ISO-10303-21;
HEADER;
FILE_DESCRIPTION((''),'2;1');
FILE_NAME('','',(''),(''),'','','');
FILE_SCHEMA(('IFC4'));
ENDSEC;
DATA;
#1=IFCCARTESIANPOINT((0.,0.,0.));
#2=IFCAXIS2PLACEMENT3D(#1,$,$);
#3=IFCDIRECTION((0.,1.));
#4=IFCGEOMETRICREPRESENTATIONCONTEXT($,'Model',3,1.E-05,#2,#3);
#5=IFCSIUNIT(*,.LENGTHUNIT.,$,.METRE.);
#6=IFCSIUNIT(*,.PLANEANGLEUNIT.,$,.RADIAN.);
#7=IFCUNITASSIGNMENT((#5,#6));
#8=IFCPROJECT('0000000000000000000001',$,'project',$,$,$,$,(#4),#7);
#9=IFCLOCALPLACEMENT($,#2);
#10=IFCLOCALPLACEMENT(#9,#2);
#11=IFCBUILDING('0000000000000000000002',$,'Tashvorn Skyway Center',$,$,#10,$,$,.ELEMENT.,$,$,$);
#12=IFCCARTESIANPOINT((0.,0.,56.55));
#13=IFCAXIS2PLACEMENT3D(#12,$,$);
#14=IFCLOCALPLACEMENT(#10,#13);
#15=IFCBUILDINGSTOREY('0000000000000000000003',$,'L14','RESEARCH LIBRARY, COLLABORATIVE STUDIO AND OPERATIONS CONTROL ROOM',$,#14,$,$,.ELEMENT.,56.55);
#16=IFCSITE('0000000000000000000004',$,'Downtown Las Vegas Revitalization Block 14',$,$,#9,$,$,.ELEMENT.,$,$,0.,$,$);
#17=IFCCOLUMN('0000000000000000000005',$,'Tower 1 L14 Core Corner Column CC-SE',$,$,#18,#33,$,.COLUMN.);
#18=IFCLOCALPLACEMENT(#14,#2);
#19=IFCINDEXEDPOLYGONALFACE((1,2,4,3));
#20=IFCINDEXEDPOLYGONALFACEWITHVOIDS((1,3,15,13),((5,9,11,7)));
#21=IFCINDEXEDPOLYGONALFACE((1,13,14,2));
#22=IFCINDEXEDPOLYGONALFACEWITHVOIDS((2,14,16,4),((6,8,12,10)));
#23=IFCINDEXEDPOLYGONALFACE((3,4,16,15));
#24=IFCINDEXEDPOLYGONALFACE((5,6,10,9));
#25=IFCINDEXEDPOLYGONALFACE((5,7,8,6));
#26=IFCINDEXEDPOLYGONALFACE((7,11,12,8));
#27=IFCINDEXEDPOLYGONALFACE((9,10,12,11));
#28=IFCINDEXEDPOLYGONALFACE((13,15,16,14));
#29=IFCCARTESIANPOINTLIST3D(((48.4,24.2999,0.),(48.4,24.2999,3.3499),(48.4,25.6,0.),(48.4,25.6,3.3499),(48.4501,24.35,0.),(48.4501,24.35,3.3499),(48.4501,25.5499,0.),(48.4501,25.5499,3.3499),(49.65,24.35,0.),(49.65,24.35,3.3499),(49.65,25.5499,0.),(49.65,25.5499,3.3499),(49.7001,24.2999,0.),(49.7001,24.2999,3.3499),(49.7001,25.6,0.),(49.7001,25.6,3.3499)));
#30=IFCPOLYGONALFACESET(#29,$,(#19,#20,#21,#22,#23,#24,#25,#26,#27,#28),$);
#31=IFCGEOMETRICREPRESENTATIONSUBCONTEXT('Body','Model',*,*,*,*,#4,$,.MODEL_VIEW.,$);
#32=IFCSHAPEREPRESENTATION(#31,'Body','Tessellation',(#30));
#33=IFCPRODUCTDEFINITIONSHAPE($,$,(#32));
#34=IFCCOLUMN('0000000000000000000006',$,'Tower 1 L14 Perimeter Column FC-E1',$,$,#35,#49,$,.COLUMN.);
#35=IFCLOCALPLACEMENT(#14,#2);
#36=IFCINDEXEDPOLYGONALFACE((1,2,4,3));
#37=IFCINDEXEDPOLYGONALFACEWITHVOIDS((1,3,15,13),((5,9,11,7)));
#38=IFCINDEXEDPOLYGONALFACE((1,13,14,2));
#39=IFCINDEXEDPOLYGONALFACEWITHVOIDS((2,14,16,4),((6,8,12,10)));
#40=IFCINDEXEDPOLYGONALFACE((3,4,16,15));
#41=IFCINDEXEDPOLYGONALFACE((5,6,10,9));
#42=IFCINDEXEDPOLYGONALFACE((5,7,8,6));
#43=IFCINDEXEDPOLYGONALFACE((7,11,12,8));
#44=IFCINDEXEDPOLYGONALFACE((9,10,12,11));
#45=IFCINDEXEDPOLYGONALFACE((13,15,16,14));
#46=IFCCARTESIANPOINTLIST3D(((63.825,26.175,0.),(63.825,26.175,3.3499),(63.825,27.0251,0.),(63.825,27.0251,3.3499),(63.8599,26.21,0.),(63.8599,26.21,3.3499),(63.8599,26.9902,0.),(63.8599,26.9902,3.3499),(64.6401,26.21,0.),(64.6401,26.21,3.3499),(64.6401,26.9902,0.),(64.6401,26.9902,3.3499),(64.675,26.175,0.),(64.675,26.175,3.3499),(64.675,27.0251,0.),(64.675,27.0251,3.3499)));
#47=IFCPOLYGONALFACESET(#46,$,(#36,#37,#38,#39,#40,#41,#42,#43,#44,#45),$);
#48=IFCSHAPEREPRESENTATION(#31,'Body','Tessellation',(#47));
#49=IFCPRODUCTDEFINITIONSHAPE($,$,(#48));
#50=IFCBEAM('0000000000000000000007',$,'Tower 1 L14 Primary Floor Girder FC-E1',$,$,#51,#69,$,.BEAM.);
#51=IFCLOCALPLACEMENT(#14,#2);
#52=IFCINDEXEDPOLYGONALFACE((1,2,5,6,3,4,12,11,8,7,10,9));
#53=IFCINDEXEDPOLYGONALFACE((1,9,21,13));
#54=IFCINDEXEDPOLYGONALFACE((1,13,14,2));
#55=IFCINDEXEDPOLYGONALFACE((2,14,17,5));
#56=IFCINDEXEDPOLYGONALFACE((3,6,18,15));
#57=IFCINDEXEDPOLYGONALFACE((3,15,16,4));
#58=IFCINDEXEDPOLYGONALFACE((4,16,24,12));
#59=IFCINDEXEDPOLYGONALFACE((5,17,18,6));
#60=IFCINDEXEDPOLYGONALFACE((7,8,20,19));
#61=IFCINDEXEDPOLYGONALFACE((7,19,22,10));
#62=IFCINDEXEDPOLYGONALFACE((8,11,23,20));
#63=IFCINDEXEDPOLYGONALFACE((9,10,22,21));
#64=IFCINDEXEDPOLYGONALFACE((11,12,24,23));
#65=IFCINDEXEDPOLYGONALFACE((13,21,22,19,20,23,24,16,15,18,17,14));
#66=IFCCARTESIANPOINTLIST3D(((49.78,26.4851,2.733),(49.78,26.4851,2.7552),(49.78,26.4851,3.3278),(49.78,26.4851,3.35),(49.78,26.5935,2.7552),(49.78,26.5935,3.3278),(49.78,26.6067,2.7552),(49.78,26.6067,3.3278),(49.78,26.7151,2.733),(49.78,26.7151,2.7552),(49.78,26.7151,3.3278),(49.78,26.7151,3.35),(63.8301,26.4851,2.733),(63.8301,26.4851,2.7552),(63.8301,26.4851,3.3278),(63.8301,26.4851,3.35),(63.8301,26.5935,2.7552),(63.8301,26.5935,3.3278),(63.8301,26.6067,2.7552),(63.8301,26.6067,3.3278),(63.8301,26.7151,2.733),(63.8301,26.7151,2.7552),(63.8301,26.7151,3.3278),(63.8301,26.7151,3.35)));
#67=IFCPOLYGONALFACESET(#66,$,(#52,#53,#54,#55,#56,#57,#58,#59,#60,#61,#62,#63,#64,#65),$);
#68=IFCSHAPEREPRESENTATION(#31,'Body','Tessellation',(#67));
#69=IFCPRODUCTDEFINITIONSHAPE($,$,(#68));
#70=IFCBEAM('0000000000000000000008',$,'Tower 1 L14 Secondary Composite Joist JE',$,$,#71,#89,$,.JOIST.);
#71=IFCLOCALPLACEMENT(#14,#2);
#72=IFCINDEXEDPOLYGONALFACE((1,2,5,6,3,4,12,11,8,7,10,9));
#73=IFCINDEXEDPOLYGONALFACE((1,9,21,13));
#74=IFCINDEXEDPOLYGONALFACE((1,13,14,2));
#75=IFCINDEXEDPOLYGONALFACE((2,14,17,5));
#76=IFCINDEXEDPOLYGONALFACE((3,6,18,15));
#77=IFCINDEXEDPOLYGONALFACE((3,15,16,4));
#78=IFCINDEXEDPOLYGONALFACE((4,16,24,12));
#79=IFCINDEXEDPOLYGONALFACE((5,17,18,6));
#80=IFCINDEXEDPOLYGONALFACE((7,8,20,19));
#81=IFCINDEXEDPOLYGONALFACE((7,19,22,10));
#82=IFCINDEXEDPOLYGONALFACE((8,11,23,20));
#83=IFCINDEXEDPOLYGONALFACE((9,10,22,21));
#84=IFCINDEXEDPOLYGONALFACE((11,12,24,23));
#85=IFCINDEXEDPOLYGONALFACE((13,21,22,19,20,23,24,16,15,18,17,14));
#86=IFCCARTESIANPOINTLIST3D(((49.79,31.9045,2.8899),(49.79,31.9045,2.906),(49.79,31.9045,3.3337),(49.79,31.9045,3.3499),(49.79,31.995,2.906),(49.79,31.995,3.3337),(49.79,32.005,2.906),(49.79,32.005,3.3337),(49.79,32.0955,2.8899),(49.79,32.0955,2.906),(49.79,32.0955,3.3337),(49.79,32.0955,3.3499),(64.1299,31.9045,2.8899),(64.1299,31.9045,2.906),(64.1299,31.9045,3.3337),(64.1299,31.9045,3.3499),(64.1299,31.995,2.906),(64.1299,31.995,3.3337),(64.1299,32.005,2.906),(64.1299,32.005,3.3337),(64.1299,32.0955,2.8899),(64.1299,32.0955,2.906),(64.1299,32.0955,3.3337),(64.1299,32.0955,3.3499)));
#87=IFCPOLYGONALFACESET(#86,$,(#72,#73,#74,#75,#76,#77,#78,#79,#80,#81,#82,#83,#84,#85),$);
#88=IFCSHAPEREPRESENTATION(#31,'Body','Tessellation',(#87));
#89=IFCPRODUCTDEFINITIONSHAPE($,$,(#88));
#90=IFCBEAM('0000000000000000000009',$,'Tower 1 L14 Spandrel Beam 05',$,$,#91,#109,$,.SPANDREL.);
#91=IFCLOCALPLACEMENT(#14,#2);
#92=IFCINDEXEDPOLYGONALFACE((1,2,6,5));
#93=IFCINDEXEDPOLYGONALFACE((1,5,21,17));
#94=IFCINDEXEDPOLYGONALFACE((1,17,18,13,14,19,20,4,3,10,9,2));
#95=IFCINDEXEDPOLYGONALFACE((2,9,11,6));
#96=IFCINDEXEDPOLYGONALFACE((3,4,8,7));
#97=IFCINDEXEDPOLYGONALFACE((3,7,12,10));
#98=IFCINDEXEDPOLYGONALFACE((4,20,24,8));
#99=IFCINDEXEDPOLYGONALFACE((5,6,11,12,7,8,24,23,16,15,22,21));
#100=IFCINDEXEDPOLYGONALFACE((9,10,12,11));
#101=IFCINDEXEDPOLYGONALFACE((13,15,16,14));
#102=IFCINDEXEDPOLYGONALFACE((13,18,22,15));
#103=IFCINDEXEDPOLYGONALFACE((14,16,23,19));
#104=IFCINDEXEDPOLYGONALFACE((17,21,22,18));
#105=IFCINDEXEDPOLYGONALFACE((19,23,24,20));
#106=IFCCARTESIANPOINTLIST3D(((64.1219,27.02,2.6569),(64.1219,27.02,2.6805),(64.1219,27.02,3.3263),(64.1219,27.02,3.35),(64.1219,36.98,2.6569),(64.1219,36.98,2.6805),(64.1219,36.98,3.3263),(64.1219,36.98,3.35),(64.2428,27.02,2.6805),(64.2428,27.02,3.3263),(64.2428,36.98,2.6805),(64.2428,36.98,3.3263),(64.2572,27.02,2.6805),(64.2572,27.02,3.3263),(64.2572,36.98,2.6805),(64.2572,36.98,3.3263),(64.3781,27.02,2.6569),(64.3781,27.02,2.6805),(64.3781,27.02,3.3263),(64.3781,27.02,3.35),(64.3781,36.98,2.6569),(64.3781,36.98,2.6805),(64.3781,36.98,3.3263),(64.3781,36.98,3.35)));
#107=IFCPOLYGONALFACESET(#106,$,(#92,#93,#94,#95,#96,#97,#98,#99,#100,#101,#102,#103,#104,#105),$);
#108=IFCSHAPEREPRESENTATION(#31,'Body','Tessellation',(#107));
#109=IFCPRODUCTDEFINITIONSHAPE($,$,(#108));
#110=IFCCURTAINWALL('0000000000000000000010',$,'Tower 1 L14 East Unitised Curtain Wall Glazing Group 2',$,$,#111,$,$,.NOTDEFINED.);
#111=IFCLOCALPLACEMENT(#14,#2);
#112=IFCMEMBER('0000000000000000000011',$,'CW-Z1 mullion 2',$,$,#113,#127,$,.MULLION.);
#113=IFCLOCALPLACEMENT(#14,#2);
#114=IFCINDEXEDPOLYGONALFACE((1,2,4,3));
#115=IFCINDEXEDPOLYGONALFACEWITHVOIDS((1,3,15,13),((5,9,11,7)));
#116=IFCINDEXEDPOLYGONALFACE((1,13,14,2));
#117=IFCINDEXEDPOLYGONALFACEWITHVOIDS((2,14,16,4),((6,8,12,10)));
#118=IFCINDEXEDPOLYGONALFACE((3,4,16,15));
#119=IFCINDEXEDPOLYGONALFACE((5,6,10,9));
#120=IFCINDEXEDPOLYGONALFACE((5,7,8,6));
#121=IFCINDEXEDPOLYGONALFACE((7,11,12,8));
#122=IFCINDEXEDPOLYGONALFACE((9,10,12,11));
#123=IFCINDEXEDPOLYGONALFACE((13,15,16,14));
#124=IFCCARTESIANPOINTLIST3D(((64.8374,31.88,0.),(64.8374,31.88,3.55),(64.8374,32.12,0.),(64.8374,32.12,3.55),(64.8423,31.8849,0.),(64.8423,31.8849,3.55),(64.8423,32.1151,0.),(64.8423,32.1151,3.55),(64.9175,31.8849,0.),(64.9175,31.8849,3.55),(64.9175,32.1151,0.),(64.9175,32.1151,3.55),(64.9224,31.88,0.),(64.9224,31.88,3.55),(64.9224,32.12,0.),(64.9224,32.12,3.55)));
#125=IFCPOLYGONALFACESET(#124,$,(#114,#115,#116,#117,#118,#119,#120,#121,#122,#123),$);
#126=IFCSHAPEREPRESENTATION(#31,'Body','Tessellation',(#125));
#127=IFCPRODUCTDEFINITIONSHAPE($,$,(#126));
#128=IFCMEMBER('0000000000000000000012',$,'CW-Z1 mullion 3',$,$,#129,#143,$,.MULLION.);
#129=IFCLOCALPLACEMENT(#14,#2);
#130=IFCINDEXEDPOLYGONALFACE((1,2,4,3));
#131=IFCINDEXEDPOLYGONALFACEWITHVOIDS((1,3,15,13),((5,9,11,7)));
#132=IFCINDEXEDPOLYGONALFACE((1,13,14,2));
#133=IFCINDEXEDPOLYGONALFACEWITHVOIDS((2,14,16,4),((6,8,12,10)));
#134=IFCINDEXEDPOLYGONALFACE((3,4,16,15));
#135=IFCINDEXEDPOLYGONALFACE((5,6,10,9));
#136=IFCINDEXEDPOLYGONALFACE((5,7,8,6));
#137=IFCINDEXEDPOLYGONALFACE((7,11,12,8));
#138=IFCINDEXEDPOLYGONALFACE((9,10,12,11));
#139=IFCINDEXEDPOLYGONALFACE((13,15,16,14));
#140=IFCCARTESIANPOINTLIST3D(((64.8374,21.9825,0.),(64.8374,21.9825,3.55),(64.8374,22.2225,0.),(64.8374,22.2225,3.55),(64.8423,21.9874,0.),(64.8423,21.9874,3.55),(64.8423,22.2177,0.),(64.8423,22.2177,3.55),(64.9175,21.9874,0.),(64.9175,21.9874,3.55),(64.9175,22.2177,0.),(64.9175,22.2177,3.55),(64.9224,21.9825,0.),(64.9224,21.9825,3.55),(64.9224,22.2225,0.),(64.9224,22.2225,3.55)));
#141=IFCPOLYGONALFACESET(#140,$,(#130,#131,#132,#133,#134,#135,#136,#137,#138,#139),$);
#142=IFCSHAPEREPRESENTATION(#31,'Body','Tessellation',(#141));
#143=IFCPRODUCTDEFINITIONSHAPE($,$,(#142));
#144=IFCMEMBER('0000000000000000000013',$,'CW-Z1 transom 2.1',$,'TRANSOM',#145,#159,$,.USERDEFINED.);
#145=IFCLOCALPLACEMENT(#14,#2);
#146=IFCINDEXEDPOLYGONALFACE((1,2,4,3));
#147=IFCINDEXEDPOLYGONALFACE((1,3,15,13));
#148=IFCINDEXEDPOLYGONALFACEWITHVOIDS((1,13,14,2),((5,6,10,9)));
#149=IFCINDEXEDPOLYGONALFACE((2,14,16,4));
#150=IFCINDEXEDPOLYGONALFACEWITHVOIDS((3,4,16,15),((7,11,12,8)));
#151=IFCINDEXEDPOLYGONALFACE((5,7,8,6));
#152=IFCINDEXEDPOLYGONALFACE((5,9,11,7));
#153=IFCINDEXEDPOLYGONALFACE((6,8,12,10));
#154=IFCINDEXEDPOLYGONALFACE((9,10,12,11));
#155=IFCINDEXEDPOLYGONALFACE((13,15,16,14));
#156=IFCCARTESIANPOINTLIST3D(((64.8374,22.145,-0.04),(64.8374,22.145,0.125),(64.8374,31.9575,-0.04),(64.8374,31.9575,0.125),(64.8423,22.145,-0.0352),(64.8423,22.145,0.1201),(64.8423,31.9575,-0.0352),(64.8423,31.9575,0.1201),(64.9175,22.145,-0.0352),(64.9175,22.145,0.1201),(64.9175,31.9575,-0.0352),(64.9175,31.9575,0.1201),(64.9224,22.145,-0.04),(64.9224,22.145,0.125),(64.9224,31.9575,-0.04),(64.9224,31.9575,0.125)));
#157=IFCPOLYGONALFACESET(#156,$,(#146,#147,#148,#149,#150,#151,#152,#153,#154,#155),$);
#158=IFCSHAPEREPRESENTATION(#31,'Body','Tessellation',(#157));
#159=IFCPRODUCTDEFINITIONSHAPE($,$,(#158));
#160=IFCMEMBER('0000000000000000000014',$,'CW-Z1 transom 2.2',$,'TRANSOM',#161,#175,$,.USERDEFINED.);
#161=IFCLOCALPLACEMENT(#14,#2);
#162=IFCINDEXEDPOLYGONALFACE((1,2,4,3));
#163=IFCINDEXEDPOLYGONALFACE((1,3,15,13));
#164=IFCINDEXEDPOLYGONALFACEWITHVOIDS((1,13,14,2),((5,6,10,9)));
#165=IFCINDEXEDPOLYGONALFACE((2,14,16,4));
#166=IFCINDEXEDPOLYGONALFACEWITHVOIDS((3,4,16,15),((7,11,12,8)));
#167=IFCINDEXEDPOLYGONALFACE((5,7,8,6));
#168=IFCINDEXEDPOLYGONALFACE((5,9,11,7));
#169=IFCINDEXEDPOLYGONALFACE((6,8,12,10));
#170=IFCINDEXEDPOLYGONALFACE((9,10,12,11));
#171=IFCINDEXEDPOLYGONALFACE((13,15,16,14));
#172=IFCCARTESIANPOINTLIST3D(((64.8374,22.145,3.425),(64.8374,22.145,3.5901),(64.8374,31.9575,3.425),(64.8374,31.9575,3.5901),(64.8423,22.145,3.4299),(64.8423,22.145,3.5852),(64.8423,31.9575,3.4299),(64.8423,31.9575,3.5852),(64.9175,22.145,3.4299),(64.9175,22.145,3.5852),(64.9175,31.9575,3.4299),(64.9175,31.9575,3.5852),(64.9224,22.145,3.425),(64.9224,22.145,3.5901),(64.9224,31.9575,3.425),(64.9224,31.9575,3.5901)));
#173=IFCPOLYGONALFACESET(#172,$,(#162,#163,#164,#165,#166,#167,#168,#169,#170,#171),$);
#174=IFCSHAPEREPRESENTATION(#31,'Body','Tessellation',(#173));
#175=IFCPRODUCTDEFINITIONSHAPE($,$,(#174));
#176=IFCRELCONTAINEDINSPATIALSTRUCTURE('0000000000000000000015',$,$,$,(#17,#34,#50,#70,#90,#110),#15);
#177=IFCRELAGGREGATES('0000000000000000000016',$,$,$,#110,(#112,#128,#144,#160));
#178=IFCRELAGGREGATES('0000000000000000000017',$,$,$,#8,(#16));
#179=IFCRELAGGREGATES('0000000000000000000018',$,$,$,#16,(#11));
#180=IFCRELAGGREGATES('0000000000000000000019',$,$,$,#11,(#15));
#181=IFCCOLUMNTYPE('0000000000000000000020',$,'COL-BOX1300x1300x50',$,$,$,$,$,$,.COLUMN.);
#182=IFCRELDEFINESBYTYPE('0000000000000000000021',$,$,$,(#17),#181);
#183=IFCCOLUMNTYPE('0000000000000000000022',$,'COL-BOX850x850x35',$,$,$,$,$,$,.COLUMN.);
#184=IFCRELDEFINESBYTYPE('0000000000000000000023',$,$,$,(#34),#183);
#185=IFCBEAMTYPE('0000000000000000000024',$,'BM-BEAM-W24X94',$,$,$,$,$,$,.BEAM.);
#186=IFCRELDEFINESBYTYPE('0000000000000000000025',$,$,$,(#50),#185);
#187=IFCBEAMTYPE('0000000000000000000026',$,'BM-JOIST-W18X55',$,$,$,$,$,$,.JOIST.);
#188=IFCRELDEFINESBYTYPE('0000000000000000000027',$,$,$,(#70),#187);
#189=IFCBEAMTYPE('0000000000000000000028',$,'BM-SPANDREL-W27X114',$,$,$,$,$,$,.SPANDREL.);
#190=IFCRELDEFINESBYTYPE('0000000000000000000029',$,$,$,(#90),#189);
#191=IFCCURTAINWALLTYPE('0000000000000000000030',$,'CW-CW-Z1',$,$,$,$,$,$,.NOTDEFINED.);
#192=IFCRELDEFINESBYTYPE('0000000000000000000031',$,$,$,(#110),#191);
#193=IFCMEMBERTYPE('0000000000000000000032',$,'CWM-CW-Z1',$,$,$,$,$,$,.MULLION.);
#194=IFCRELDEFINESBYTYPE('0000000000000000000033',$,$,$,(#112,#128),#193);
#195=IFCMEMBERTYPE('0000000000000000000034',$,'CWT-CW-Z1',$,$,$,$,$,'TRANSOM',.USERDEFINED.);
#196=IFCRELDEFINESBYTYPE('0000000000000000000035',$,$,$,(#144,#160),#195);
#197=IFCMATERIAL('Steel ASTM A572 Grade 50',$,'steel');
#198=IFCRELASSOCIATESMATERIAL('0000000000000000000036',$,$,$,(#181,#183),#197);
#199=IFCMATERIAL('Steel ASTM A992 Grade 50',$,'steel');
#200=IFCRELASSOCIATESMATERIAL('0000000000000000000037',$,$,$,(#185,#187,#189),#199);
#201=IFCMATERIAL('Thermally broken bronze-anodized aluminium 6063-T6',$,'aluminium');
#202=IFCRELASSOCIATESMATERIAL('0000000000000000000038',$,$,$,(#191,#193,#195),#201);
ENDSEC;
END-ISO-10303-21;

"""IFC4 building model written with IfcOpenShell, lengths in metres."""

from ifc_helpers import new_model, si_unit, direction, frame, origin, origin_2d, place, context, subcontext, project, spatial, hollow_rectangle, i_section, extrude, material, material_profile, profile_set, type_object, element, aggregate, save


model = new_model("IFC4")

# Units and contexts
model_context = context("Model", 3, precision=1e-05, world=origin(), true_north=direction((0.0, 1.0)))
body_context = subcontext(model_context, "Body", "Model", "MODEL_VIEW")
ifc_project = project(units=[si_unit("LENGTHUNIT", "METRE"), si_unit("PLANEANGLEUNIT", "RADIAN")], contexts=[model_context])

# Site, building, storey
site_placement = place(None, origin())
site = spatial("IfcSite", under=ifc_project, at=site_placement, Name="Downtown Las Vegas Revitalization Block 14", CompositionType="ELEMENT", RefElevation=0.0)
building_placement = place(site_placement, origin())
building = spatial("IfcBuilding", under=site, at=building_placement, Name="Tashvorn Skyway Center", CompositionType="ELEMENT")
storey_placement = place(building_placement, frame((0.0, 0.0, 56.55)))
storey = spatial("IfcBuildingStorey", under=building, at=storey_placement, Name="L14", Description="RESEARCH LIBRARY, COLLABORATIVE STUDIO AND OPERATIONS CONTROL ROOM", CompositionType="ELEMENT", Elevation=56.55)

# Columns
ifc_material_1 = material(Name="Steel ASTM A572 Grade 50", Category="steel")
ifc_material_profile_1 = material_profile(ifc_material_1, hollow_rectangle(XDim=1.3, YDim=1.3, WallThickness=0.05, at=origin_2d()), Name="BOX1300x1300x50")
ifc_profile_set_1 = profile_set([ifc_material_profile_1], Name="Steel ASTM A572 Grade 50")
column_type_1 = type_object("IfcColumnType", Name="COL-BOX1300x1300x50", PredefinedType="COLUMN", material=ifc_profile_set_1)
column_1_placement = place(storey_placement, frame((49.05, 24.95, 0.0), z_axis=(0.0, 0.0, 1.0), x_axis=(1.0, 0.0, 0.0)))
element("IfcColumn", 1, at=column_1_placement, inside=storey, type_object=column_type_1, Name="Tower 1 L14 Core Corner Column CC-SE", PredefinedType="COLUMN", context=body_context, shape_type="SweptSolid", body=[
    extrude(hollow_rectangle(XDim=1.3, YDim=1.3, WallThickness=0.05, at=origin_2d()), origin(), (0.0, 0.0, 1.0), 3.3499),
])
ifc_material_profile_2 = material_profile(ifc_material_1, hollow_rectangle(XDim=0.8501, YDim=0.8501, WallThickness=0.0349, at=origin_2d()), Name="BOX850x850x35")
ifc_profile_set_2 = profile_set([ifc_material_profile_2], Name="Steel ASTM A572 Grade 50")
column_type_2 = type_object("IfcColumnType", Name="COL-BOX850x850x35", PredefinedType="COLUMN", material=ifc_profile_set_2)
column_2_placement = place(storey_placement, frame((64.25, 26.6001, 0.0), z_axis=(0.0, 0.0, 1.0), x_axis=(1.0, 0.0, 0.0)))
element("IfcColumn", 2, at=column_2_placement, inside=storey, type_object=column_type_2, Name="Tower 1 L14 Perimeter Column FC-E1", PredefinedType="COLUMN", context=body_context, shape_type="SweptSolid", body=[
    extrude(hollow_rectangle(XDim=0.8501, YDim=0.8501, WallThickness=0.0349, at=origin_2d()), origin(), (0.0, 0.0, 1.0), 3.3499),
])

# Beams
ifc_material_2 = material(Name="Steel ASTM A992 Grade 50", Category="steel")
ifc_material_profile_3 = material_profile(ifc_material_2, i_section(OverallWidth=0.23, OverallDepth=0.6169, WebThickness=0.0132, FlangeThickness=0.0222, at=origin_2d()), Name="W24X94")
ifc_profile_set_3 = profile_set([ifc_material_profile_3], Name="Steel ASTM A992 Grade 50")
beam_type_1 = type_object("IfcBeamType", Name="BM-BEAM-W24X94", PredefinedType="BEAM", material=ifc_profile_set_3)
beam_1_placement = place(storey_placement, frame((63.8301, 26.6001, 3.0415), z_axis=(-1.0, 0.0, 0.0), x_axis=(0.0, -1.0, 0.0)))
element("IfcBeam", 3, at=beam_1_placement, inside=storey, type_object=beam_type_1, Name="Tower 1 L14 Primary Floor Girder FC-E1", PredefinedType="BEAM", context=body_context, shape_type="SweptSolid", body=[
    extrude(i_section(OverallWidth=0.23, OverallDepth=0.6169, WebThickness=0.0132, FlangeThickness=0.0222, at=origin_2d()), origin(), (0.0, 0.0, 1.0), 14.05),
])
ifc_material_profile_4 = material_profile(ifc_material_2, i_section(OverallWidth=0.1909, OverallDepth=0.46, WebThickness=0.01, FlangeThickness=0.0161, at=origin_2d()), Name="W18X55")
ifc_profile_set_4 = profile_set([ifc_material_profile_4], Name="Steel ASTM A992 Grade 50")
beam_type_2 = type_object("IfcBeamType", Name="BM-JOIST-W18X55", PredefinedType="JOIST", material=ifc_profile_set_4)
beam_2_placement = place(storey_placement, frame((49.79, 32.0, 3.1199), z_axis=(1.0, 0.0, 0.0), x_axis=(0.0, 1.0, 0.0)))
element("IfcBeam", 4, at=beam_2_placement, inside=storey, type_object=beam_type_2, Name="Tower 1 L14 Secondary Composite Joist JE", PredefinedType="JOIST", context=body_context, shape_type="SweptSolid", body=[
    extrude(i_section(OverallWidth=0.1909, OverallDepth=0.46, WebThickness=0.01, FlangeThickness=0.0161, at=origin_2d()), origin(), (0.0, 0.0, 1.0), 14.3398),
])
ifc_material_profile_5 = material_profile(ifc_material_2, i_section(OverallWidth=0.2561, OverallDepth=0.6931, WebThickness=0.0144, FlangeThickness=0.0237, at=origin_2d()), Name="W27X114")
ifc_profile_set_5 = profile_set([ifc_material_profile_5], Name="Steel ASTM A992 Grade 50")
beam_type_3 = type_object("IfcBeamType", Name="BM-SPANDREL-W27X114", PredefinedType="SPANDREL", material=ifc_profile_set_5)
beam_3_placement = place(storey_placement, frame((64.25, 27.02, 3.0034), z_axis=(0.0, 1.0, 0.0), x_axis=(-1.0, 0.0, 0.0)))
element("IfcBeam", 5, at=beam_3_placement, inside=storey, type_object=beam_type_3, Name="Tower 1 L14 Spandrel Beam 05", PredefinedType="SPANDREL", context=body_context, shape_type="SweptSolid", body=[
    extrude(i_section(OverallWidth=0.2561, OverallDepth=0.6931, WebThickness=0.0144, FlangeThickness=0.0237, at=origin_2d()), origin(), (0.0, 0.0, 1.0), 9.96),
])

# Curtain wall, members
ifc_material_3 = material(Name="Thermally broken bronze-anodized aluminium 6063-T6", Category="aluminium")
curtain_wall_type = type_object("IfcCurtainWallType", Name="CW-CW-Z1", PredefinedType="NOTDEFINED", material=ifc_material_3)
curtain_wall_placement = place(storey_placement, origin())
curtain_wall = element("IfcCurtainWall", 6, at=curtain_wall_placement, inside=storey, type_object=curtain_wall_type, Name="Tower 1 L14 East Unitised Curtain Wall Glazing Group 2", PredefinedType="NOTDEFINED")
ifc_material_profile_6 = material_profile(ifc_material_3, hollow_rectangle(XDim=0.085, YDim=0.24, WallThickness=0.0049, at=origin_2d()), Name="ALU-MULL-85x240")
ifc_profile_set_6 = profile_set([ifc_material_profile_6], Name="Thermally broken bronze-anodized aluminium 6063-T6")
member_type_1 = type_object("IfcMemberType", Name="CWM-CW-Z1", PredefinedType="MULLION", material=ifc_profile_set_6)
member_1_placement = place(storey_placement, frame((64.8799, 32.0, 0.0), z_axis=(0.0, 0.0, 1.0), x_axis=(1.0, 0.0, 0.0)))
member_1 = element("IfcMember", 7, at=member_1_placement, type_object=member_type_1, Name="CW-Z1 mullion 2", PredefinedType="MULLION", context=body_context, shape_type="SweptSolid", body=[
    extrude(hollow_rectangle(XDim=0.085, YDim=0.24, WallThickness=0.0049, at=origin_2d()), origin(), (0.0, 0.0, 1.0), 3.55),
])
member_2_placement = place(storey_placement, frame((64.8799, 22.1025, 0.0), z_axis=(0.0, 0.0, 1.0), x_axis=(1.0, 0.0, 0.0)))
member_2 = element("IfcMember", 8, at=member_2_placement, type_object=member_type_1, Name="CW-Z1 mullion 3", PredefinedType="MULLION", context=body_context, shape_type="SweptSolid", body=[
    extrude(hollow_rectangle(XDim=0.085, YDim=0.24, WallThickness=0.0049, at=origin_2d()), origin(), (0.0, 0.0, 1.0), 3.55),
])
ifc_material_profile_7 = material_profile(ifc_material_3, hollow_rectangle(XDim=0.085, YDim=0.165, WallThickness=0.0049, at=origin_2d()), Name="ALU-TRAN-85x165")
ifc_profile_set_7 = profile_set([ifc_material_profile_7], Name="Thermally broken bronze-anodized aluminium 6063-T6")
member_type_2 = type_object("IfcMemberType", Name="CWT-CW-Z1", ElementType="TRANSOM", PredefinedType="USERDEFINED", material=ifc_profile_set_7)
member_3_placement = place(storey_placement, frame((64.8799, 31.9575, 0.0425), z_axis=(0.0, -1.0, 0.0), x_axis=(1.0, 0.0, 0.0)))
member_3 = element("IfcMember", 9, at=member_3_placement, type_object=member_type_2, Name="CW-Z1 transom 2.1", ObjectType="TRANSOM", PredefinedType="USERDEFINED", context=body_context, shape_type="SweptSolid", body=[
    extrude(hollow_rectangle(XDim=0.085, YDim=0.165, WallThickness=0.0049, at=origin_2d()), origin(), (0.0, 0.0, 1.0), 9.8125),
])
member_4_placement = place(storey_placement, frame((64.8799, 31.9575, 3.5076), z_axis=(0.0, -1.0, 0.0), x_axis=(1.0, 0.0, 0.0)))
member_4 = element("IfcMember", 10, at=member_4_placement, type_object=member_type_2, Name="CW-Z1 transom 2.2", ObjectType="TRANSOM", PredefinedType="USERDEFINED", context=body_context, shape_type="SweptSolid", body=[
    extrude(hollow_rectangle(XDim=0.085, YDim=0.165, WallThickness=0.0049, at=origin_2d()), origin(), (0.0, 0.0, 1.0), 9.8125),
])
aggregate(curtain_wall, [member_1, member_2, member_3, member_4])

save(model, "model.ifc")
